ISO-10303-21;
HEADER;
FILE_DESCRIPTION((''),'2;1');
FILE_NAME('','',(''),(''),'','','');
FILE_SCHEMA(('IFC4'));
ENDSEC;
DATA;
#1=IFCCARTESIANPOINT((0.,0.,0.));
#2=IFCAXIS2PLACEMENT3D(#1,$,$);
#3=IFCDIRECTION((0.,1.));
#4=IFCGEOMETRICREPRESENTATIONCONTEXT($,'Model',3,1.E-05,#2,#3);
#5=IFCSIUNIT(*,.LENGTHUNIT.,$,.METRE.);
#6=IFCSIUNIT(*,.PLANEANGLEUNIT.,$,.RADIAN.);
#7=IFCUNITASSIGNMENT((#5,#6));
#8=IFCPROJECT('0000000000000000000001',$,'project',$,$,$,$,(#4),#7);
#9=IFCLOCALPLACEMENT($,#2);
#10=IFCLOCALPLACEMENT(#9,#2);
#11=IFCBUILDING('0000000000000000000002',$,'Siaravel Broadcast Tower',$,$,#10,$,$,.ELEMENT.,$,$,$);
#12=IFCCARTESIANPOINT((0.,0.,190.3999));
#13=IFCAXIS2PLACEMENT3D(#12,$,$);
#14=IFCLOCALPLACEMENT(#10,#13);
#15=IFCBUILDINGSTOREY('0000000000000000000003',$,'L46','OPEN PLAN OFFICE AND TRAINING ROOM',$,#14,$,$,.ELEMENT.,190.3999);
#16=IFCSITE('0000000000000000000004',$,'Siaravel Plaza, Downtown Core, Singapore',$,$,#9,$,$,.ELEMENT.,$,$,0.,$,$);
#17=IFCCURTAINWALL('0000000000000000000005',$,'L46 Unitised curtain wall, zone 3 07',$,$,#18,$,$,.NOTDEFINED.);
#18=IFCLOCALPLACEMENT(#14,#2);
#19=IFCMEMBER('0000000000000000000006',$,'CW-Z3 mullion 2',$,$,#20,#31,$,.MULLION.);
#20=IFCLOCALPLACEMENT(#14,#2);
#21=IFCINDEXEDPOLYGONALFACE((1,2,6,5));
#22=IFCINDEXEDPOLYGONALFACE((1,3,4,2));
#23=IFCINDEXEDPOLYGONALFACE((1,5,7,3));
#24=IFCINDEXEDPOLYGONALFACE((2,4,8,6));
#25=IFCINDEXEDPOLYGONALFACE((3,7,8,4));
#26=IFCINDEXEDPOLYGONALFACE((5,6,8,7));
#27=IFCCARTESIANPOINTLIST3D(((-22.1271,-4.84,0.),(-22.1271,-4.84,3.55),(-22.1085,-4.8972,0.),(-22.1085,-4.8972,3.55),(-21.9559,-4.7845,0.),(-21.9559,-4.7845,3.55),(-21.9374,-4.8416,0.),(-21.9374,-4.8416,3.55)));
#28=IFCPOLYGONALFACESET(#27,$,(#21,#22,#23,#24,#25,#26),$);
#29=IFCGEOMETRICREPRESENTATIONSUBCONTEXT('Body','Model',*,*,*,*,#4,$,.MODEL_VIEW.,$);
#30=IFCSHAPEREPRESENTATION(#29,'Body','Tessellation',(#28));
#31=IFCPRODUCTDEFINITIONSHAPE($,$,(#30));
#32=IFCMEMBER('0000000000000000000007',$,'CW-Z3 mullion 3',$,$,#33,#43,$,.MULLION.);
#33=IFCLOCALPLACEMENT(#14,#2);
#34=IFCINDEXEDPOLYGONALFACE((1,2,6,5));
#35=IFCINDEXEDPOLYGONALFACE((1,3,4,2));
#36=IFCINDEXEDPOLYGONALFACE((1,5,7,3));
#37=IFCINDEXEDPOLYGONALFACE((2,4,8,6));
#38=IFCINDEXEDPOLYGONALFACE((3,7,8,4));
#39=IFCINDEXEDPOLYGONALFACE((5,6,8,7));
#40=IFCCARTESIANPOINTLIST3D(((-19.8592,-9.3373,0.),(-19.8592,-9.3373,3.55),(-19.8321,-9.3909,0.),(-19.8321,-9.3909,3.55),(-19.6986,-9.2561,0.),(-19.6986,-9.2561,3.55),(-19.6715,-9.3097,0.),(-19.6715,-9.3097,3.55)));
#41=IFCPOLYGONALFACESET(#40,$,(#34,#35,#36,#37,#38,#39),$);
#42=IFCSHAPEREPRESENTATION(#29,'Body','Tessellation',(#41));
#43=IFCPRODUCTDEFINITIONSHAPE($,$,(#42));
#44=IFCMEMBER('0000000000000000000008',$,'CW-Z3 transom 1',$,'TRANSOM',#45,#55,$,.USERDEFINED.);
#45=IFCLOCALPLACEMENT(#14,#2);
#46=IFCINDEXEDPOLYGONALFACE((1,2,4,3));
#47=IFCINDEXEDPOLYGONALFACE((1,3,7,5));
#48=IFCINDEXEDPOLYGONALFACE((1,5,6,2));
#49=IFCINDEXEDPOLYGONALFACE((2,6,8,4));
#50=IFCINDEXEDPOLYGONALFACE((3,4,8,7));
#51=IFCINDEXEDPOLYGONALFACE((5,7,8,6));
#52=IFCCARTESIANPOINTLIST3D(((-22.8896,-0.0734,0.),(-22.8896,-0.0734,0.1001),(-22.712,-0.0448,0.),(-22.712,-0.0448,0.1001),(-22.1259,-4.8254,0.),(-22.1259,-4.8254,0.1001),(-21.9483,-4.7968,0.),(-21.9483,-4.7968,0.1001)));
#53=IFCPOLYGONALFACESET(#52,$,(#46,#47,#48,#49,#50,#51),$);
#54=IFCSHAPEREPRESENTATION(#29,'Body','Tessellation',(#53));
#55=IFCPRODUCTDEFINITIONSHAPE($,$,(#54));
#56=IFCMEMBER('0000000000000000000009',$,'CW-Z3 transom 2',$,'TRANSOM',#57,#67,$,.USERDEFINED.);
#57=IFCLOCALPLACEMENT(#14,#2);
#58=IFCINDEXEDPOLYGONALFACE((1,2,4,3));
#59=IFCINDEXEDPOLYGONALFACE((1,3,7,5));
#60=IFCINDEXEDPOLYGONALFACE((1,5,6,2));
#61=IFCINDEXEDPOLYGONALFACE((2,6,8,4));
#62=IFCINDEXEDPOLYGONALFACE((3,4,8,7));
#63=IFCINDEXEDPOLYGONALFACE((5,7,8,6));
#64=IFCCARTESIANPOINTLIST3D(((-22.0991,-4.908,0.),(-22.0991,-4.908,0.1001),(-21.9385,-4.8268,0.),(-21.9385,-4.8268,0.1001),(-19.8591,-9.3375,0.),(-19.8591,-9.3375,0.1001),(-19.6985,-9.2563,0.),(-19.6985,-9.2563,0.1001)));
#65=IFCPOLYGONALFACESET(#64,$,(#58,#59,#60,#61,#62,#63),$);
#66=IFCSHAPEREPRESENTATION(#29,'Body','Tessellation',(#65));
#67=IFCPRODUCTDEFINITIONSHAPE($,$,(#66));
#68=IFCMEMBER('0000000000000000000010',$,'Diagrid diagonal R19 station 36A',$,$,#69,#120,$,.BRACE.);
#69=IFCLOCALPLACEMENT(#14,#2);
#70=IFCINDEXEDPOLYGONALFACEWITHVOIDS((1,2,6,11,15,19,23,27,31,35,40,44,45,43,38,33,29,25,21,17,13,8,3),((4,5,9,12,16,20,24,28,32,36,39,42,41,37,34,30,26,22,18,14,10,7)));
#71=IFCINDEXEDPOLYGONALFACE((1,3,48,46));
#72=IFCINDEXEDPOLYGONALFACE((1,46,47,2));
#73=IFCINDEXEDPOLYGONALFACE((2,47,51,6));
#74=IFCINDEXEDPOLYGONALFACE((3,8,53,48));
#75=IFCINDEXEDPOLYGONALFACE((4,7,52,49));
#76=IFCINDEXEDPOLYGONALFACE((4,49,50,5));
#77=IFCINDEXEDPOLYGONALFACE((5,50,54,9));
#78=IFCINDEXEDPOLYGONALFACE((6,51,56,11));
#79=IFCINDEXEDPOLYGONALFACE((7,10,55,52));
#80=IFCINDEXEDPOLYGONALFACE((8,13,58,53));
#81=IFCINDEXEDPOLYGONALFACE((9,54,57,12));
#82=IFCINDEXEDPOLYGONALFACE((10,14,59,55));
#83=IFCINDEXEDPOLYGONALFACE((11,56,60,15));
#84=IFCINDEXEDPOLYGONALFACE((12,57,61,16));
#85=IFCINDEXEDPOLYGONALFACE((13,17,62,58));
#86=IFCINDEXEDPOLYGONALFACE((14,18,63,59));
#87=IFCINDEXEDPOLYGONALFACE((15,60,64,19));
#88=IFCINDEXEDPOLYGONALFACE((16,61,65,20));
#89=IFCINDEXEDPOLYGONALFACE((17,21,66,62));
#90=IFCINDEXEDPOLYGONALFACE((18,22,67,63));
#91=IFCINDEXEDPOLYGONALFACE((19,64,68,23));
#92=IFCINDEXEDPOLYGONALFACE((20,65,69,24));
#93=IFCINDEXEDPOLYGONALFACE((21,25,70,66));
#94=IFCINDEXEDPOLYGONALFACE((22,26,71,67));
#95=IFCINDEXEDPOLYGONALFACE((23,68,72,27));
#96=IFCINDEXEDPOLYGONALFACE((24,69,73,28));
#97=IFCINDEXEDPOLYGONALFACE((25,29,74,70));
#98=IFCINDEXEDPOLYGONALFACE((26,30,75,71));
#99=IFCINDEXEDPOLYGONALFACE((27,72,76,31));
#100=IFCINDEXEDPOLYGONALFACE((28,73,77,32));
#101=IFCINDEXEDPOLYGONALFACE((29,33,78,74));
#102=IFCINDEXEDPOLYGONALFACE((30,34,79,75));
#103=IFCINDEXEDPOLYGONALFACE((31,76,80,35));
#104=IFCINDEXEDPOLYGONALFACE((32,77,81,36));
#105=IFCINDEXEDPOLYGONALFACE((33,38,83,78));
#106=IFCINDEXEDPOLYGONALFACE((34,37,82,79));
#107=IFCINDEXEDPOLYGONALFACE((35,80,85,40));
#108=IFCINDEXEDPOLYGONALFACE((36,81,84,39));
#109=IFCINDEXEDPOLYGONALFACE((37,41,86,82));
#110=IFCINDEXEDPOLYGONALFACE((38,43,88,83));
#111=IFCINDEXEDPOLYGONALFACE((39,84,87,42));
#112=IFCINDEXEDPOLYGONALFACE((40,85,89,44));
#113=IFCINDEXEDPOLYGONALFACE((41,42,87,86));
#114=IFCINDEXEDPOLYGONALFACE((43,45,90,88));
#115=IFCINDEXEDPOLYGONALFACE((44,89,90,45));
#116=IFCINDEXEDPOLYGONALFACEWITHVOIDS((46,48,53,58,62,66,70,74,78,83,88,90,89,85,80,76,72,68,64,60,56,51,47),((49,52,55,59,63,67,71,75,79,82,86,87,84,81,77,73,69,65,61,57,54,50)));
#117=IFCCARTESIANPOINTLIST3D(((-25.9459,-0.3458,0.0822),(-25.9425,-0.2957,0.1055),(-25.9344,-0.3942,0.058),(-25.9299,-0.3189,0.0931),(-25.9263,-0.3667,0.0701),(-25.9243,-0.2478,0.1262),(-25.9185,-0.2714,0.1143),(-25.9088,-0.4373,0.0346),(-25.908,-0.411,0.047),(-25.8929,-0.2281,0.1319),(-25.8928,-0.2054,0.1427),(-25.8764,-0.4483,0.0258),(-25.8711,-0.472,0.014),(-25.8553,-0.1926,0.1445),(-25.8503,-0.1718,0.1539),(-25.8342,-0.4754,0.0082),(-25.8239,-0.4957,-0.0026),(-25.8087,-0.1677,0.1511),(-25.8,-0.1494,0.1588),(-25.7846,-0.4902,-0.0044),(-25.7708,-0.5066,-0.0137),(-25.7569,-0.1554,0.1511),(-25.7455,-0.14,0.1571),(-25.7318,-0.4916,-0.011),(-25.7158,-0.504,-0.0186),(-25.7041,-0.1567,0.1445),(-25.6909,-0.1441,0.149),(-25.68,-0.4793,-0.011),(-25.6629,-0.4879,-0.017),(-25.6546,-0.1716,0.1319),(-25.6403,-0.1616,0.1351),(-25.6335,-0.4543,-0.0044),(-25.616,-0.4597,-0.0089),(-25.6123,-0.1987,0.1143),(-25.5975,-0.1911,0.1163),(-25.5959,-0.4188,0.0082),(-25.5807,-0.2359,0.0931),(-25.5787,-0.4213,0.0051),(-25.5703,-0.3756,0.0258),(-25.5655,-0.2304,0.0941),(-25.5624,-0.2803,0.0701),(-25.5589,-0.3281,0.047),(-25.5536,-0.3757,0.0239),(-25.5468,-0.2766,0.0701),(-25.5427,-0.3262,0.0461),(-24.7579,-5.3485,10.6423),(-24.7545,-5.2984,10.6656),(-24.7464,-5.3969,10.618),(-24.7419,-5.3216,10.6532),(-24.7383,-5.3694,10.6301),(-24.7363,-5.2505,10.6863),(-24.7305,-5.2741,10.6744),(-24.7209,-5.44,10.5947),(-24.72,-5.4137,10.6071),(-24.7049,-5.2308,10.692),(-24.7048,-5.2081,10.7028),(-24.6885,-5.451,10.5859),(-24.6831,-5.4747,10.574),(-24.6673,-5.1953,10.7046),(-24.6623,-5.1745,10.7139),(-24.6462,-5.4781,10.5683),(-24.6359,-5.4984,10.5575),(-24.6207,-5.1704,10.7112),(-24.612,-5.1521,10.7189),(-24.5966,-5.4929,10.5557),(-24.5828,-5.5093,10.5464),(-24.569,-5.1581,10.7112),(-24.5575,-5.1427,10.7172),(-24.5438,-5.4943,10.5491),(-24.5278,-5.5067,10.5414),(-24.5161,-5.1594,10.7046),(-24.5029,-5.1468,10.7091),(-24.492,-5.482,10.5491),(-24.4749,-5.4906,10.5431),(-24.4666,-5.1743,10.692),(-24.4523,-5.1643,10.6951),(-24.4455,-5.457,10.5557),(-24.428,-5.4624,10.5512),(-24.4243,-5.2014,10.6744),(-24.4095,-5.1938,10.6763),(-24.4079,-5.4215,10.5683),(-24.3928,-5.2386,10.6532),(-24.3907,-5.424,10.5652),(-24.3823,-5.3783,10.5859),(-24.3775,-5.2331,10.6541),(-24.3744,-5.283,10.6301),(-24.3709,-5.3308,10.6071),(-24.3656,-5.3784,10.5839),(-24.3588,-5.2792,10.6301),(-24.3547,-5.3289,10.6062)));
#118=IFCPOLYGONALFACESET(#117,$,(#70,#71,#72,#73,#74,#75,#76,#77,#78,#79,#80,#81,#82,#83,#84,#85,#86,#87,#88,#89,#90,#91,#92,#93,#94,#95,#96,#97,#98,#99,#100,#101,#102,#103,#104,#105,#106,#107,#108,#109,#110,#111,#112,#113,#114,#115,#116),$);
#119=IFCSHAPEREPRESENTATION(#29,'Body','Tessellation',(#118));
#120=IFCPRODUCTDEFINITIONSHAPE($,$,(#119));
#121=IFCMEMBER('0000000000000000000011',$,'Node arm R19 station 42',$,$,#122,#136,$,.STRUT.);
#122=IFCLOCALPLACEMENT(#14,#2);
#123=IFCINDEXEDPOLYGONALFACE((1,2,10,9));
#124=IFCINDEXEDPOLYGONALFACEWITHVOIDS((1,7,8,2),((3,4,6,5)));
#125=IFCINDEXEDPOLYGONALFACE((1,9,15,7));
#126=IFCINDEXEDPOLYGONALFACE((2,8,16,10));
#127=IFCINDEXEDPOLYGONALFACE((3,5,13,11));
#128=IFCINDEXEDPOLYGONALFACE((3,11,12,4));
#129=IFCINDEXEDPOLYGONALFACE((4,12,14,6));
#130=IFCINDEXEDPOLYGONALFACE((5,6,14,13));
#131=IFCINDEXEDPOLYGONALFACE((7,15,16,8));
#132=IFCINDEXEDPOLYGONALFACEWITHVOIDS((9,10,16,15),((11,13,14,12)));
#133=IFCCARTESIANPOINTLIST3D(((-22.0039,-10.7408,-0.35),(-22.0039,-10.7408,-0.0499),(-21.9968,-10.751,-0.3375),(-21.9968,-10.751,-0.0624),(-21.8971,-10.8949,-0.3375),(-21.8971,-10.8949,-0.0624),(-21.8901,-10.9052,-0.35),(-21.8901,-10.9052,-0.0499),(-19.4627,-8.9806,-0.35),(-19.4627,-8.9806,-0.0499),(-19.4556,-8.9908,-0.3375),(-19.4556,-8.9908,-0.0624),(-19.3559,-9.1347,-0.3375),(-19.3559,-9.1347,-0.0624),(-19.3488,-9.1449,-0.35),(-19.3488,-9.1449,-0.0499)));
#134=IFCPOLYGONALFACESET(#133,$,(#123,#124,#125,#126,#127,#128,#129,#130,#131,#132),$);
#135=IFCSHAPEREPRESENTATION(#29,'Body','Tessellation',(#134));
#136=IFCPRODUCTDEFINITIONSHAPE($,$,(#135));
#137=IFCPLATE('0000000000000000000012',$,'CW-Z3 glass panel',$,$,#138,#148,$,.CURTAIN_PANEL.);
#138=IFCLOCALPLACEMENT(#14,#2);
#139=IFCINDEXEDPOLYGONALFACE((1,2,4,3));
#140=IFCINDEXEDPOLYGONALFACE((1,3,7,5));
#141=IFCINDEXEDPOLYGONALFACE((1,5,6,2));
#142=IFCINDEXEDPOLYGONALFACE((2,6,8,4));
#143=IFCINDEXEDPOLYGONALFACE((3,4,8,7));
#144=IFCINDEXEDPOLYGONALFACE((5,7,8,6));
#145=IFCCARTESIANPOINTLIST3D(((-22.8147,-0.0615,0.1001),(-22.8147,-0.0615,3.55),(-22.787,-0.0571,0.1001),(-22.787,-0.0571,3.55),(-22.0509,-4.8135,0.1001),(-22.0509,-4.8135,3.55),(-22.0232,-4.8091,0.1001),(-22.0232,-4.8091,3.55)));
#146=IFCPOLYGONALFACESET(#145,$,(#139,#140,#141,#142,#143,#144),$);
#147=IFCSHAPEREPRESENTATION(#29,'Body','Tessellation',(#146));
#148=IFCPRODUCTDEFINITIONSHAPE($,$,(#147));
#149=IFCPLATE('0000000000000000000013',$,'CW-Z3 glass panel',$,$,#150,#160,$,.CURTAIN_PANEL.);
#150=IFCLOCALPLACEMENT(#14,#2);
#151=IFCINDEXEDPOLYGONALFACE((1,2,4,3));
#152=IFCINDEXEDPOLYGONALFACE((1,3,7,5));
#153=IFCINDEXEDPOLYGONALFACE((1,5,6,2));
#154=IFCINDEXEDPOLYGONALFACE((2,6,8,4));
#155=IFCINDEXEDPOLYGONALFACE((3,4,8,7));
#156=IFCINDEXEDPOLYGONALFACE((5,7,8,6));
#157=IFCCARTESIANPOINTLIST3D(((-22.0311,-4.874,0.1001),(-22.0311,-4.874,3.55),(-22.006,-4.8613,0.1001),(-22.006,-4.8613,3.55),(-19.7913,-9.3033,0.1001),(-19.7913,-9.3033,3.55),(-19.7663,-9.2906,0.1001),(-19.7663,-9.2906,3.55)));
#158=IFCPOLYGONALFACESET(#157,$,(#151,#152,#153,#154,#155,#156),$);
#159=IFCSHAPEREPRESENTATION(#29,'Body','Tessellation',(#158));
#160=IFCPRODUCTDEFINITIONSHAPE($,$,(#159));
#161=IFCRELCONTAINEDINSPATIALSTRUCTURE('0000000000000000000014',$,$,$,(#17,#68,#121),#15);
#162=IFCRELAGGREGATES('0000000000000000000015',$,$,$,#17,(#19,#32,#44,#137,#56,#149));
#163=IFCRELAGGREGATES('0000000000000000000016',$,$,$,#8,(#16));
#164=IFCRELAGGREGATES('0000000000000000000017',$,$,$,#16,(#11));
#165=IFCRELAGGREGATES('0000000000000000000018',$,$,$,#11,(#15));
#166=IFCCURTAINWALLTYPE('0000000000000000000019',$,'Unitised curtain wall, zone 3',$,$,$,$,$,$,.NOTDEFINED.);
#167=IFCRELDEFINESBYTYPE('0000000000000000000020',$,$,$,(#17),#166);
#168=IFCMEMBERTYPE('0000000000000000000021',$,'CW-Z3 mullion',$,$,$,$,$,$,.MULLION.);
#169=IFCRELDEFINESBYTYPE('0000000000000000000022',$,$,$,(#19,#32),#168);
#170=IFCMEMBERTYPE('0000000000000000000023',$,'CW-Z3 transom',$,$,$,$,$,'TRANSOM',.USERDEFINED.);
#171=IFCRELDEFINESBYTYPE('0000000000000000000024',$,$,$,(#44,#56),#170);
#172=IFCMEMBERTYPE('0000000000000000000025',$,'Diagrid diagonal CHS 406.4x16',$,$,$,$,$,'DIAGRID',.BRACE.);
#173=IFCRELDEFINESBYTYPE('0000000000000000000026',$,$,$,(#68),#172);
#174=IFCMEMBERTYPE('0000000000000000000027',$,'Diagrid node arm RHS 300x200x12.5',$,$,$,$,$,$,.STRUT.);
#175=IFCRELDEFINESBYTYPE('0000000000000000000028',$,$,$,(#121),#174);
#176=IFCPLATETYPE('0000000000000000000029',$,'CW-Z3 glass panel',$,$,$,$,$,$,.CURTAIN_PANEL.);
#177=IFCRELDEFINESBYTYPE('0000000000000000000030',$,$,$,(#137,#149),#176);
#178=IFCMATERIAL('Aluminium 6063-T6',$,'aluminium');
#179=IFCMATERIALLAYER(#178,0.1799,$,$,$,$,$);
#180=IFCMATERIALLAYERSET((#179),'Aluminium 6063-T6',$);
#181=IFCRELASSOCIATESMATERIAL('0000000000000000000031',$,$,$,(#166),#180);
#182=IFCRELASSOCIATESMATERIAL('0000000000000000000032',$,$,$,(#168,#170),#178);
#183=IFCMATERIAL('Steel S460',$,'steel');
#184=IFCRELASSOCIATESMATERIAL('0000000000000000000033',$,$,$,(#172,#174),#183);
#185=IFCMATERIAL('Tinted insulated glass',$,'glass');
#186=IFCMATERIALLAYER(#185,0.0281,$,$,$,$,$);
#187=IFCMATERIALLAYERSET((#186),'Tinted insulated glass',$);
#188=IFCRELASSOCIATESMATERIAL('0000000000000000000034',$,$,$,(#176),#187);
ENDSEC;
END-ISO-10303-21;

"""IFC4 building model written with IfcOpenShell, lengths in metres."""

from ifc_helpers import new_model, si_unit, direction, frame, origin, origin_2d, place, context, subcontext, project, spatial, rectangle, hollow_rectangle, hollow_circle, extrude, material, layer, layer_set, material_profile, profile_set, type_object, element, aggregate, save


model = new_model("IFC4")

# Units and contexts
model_context = context("Model", 3, precision=1e-05, world=origin(), true_north=direction((0.0, 1.0)))
body_context = subcontext(model_context, "Body", "Model", "MODEL_VIEW")
ifc_project = project(units=[si_unit("LENGTHUNIT", "METRE"), si_unit("PLANEANGLEUNIT", "RADIAN")], contexts=[model_context])

# Site, building, storey
site_placement = place(None, origin())
site = spatial("IfcSite", under=ifc_project, at=site_placement, Name="Siaravel Plaza, Downtown Core, Singapore", CompositionType="ELEMENT", RefElevation=0.0)
building_placement = place(site_placement, origin())
building = spatial("IfcBuilding", under=site, at=building_placement, Name="Siaravel Broadcast Tower", CompositionType="ELEMENT")
storey_placement = place(building_placement, frame((0.0, 0.0, 190.3999)))
storey = spatial("IfcBuildingStorey", under=building, at=storey_placement, Name="L46", Description="OPEN PLAN OFFICE AND TRAINING ROOM", CompositionType="ELEMENT", Elevation=190.3999)

# Curtain wall, members
ifc_material_1 = material(Name="Aluminium 6063-T6", Category="aluminium")
ifc_layer_1 = layer(ifc_material_1, 0.1799)
ifc_layer_set_1 = layer_set([ifc_layer_1], Name="Aluminium 6063-T6")
curtain_wall_type = type_object("IfcCurtainWallType", Name="Unitised curtain wall, zone 3", PredefinedType="NOTDEFINED", material=ifc_layer_set_1)
curtain_wall_placement = place(storey_placement, origin())
curtain_wall = element("IfcCurtainWall", 1, at=curtain_wall_placement, inside=storey, type_object=curtain_wall_type, Name="L46 Unitised curtain wall, zone 3 07", PredefinedType="NOTDEFINED")
ifc_material_profile_1 = material_profile(ifc_material_1, rectangle(XDim=0.1799, YDim=0.0601, at=origin_2d()))
ifc_profile_set_1 = profile_set([ifc_material_profile_1], Name="Aluminium 6063-T6")
member_type_1 = type_object("IfcMemberType", Name="CW-Z3 mullion", PredefinedType="MULLION", material=ifc_profile_set_1)
member_1_placement = place(storey_placement, frame((-22.0322, -4.8408, 0.0), z_axis=(0.0, 0.0, 1.0), x_axis=(0.951177, 0.308645, 0.0)))
member_1 = element("IfcMember", 2, at=member_1_placement, type_object=member_type_1, Name="CW-Z3 mullion 2", PredefinedType="MULLION", context=body_context, shape_type="SweptSolid", body=[
    extrude(rectangle(XDim=0.1799, YDim=0.0601, at=origin_2d()), origin(), (0.0, 0.0, 1.0), 3.55),
])
member_2_placement = place(storey_placement, frame((-19.7654, -9.3235, 0.0), z_axis=(0.0, 0.0, 1.0), x_axis=(0.892392, 0.451261, 0.0)))
member_2 = element("IfcMember", 3, at=member_2_placement, type_object=member_type_1, Name="CW-Z3 mullion 3", PredefinedType="MULLION", context=body_context, shape_type="SweptSolid", body=[
    extrude(rectangle(XDim=0.1799, YDim=0.0601, at=origin_2d()), origin(), (0.0, 0.0, 1.0), 3.55),
])
ifc_material_profile_2 = material_profile(ifc_material_1, rectangle(XDim=0.1799, YDim=0.1001, at=origin_2d()))
ifc_profile_set_2 = profile_set([ifc_material_profile_2], Name="Aluminium 6063-T6")
member_type_2 = type_object("IfcMemberType", Name="CW-Z3 transom", ElementType="TRANSOM", PredefinedType="USERDEFINED", material=ifc_profile_set_2)
member_3_placement = place(storey_placement, frame((-22.8008, -0.0591, 0.05), z_axis=(0.158671, -0.987332, 0.0), x_axis=(0.987332, 0.158671, 0.0)))
member_3 = element("IfcMember", 4, at=member_3_placement, type_object=member_type_2, Name="CW-Z3 transom 1", ObjectType="TRANSOM", PredefinedType="USERDEFINED", context=body_context, shape_type="SweptSolid", body=[
    extrude(rectangle(XDim=0.1799, YDim=0.1001, at=origin_2d()), origin(), (0.0, 0.0, 1.0), 4.813),
])
member_4_placement = place(storey_placement, frame((-22.0188, -4.8674, 0.05), z_axis=(0.451282, -0.892382, 0.0), x_axis=(0.892382, 0.451282, 0.0)))
member_4 = element("IfcMember", 5, at=member_4_placement, type_object=member_type_2, Name="CW-Z3 transom 2", ObjectType="TRANSOM", PredefinedType="USERDEFINED", context=body_context, shape_type="SweptSolid", body=[
    extrude(rectangle(XDim=0.1799, YDim=0.1001, at=origin_2d()), origin(), (0.0, 0.0, 1.0), 4.9636),
])

# Members
ifc_material_2 = material(Name="Steel S460", Category="steel")
ifc_material_profile_3 = material_profile(ifc_material_2, hollow_circle(Radius=0.2031, WallThickness=0.0161, at=origin_2d()))
ifc_profile_set_3 = profile_set([ifc_material_profile_3], Name="Steel S460")
member_type_3 = type_object("IfcMemberType", Name="Diagrid diagonal CHS 406.4x16", ElementType="DIAGRID", PredefinedType="BRACE", material=ifc_profile_set_3)
member_5_placement = place(storey_placement, frame((-25.7444, -0.3235, 0.0701), z_axis=(0.101145, -0.425929, 0.899085), x_axis=(0.972943, 0.231045, 0.0)))
element("IfcMember", 6, at=member_5_placement, inside=storey, type_object=member_type_3, Name="Diagrid diagonal R19 station 36A", PredefinedType="BRACE", context=body_context, shape_type="SweptSolid", body=[
    extrude(hollow_circle(Radius=0.2031, WallThickness=0.0161, at=origin_2d()), origin(), (0.0, 0.0, 1.0), 11.7454),
])
ifc_material_profile_4 = material_profile(ifc_material_2, hollow_rectangle(XDim=0.2, YDim=0.3, WallThickness=0.0125, at=origin_2d()))
ifc_profile_set_4 = profile_set([ifc_material_profile_4], Name="Steel S460")
member_type_4 = type_object("IfcMemberType", Name="Diagrid node arm RHS 300x200x12.5", PredefinedType="STRUT", material=ifc_profile_set_4)
member_6_placement = place(storey_placement, frame((-19.4058, -9.0627, -0.2), z_axis=(-0.822053, -0.569411, 0.0), x_axis=(0.569411, -0.822053, 0.0)))
element("IfcMember", 7, at=member_6_placement, inside=storey, type_object=member_type_4, Name="Node arm R19 station 42", PredefinedType="STRUT", context=body_context, shape_type="SweptSolid", body=[
    extrude(hollow_rectangle(XDim=0.2, YDim=0.3, WallThickness=0.0125, at=origin_2d()), origin(), (0.0, 0.0, 1.0), 3.0913),
])

# Plates
ifc_material_3 = material(Name="Tinted insulated glass", Category="glass")
ifc_layer_2 = layer(ifc_material_3, 0.0281)
ifc_layer_set_2 = layer_set([ifc_layer_2], Name="Tinted insulated glass")
plate_type = type_object("IfcPlateType", Name="CW-Z3 glass panel", PredefinedType="CURTAIN_PANEL", material=ifc_layer_set_2)
plate_1_placement = place(storey_placement, frame((-22.4189, -2.4353, 0.1001), z_axis=(0.0, 0.0, 1.0), x_axis=(0.158685, -0.987329, 0.0)))
plate_1 = element("IfcPlate", 8, at=plate_1_placement, type_object=plate_type, Name="CW-Z3 glass panel", PredefinedType="CURTAIN_PANEL", context=body_context, shape_type="SweptSolid", body=[
    extrude(rectangle(XDim=4.813, YDim=0.0281, at=origin_2d()), origin(), (0.0, 0.0, 1.0), 3.45),
])
plate_2_placement = place(storey_placement, frame((-20.8987, -7.0823, 0.1001), z_axis=(0.0, 0.0, 1.0), x_axis=(0.451261, -0.892392, 0.0)))
plate_2 = element("IfcPlate", 9, at=plate_2_placement, type_object=plate_type, Name="CW-Z3 glass panel", PredefinedType="CURTAIN_PANEL", context=body_context, shape_type="SweptSolid", body=[
    extrude(rectangle(XDim=4.9634, YDim=0.0281, at=origin_2d()), origin(), (0.0, 0.0, 1.0), 3.45),
])
aggregate(curtain_wall, [member_1, member_2, member_3, plate_1, member_4, plate_2])

save(model, "model.ifc")
